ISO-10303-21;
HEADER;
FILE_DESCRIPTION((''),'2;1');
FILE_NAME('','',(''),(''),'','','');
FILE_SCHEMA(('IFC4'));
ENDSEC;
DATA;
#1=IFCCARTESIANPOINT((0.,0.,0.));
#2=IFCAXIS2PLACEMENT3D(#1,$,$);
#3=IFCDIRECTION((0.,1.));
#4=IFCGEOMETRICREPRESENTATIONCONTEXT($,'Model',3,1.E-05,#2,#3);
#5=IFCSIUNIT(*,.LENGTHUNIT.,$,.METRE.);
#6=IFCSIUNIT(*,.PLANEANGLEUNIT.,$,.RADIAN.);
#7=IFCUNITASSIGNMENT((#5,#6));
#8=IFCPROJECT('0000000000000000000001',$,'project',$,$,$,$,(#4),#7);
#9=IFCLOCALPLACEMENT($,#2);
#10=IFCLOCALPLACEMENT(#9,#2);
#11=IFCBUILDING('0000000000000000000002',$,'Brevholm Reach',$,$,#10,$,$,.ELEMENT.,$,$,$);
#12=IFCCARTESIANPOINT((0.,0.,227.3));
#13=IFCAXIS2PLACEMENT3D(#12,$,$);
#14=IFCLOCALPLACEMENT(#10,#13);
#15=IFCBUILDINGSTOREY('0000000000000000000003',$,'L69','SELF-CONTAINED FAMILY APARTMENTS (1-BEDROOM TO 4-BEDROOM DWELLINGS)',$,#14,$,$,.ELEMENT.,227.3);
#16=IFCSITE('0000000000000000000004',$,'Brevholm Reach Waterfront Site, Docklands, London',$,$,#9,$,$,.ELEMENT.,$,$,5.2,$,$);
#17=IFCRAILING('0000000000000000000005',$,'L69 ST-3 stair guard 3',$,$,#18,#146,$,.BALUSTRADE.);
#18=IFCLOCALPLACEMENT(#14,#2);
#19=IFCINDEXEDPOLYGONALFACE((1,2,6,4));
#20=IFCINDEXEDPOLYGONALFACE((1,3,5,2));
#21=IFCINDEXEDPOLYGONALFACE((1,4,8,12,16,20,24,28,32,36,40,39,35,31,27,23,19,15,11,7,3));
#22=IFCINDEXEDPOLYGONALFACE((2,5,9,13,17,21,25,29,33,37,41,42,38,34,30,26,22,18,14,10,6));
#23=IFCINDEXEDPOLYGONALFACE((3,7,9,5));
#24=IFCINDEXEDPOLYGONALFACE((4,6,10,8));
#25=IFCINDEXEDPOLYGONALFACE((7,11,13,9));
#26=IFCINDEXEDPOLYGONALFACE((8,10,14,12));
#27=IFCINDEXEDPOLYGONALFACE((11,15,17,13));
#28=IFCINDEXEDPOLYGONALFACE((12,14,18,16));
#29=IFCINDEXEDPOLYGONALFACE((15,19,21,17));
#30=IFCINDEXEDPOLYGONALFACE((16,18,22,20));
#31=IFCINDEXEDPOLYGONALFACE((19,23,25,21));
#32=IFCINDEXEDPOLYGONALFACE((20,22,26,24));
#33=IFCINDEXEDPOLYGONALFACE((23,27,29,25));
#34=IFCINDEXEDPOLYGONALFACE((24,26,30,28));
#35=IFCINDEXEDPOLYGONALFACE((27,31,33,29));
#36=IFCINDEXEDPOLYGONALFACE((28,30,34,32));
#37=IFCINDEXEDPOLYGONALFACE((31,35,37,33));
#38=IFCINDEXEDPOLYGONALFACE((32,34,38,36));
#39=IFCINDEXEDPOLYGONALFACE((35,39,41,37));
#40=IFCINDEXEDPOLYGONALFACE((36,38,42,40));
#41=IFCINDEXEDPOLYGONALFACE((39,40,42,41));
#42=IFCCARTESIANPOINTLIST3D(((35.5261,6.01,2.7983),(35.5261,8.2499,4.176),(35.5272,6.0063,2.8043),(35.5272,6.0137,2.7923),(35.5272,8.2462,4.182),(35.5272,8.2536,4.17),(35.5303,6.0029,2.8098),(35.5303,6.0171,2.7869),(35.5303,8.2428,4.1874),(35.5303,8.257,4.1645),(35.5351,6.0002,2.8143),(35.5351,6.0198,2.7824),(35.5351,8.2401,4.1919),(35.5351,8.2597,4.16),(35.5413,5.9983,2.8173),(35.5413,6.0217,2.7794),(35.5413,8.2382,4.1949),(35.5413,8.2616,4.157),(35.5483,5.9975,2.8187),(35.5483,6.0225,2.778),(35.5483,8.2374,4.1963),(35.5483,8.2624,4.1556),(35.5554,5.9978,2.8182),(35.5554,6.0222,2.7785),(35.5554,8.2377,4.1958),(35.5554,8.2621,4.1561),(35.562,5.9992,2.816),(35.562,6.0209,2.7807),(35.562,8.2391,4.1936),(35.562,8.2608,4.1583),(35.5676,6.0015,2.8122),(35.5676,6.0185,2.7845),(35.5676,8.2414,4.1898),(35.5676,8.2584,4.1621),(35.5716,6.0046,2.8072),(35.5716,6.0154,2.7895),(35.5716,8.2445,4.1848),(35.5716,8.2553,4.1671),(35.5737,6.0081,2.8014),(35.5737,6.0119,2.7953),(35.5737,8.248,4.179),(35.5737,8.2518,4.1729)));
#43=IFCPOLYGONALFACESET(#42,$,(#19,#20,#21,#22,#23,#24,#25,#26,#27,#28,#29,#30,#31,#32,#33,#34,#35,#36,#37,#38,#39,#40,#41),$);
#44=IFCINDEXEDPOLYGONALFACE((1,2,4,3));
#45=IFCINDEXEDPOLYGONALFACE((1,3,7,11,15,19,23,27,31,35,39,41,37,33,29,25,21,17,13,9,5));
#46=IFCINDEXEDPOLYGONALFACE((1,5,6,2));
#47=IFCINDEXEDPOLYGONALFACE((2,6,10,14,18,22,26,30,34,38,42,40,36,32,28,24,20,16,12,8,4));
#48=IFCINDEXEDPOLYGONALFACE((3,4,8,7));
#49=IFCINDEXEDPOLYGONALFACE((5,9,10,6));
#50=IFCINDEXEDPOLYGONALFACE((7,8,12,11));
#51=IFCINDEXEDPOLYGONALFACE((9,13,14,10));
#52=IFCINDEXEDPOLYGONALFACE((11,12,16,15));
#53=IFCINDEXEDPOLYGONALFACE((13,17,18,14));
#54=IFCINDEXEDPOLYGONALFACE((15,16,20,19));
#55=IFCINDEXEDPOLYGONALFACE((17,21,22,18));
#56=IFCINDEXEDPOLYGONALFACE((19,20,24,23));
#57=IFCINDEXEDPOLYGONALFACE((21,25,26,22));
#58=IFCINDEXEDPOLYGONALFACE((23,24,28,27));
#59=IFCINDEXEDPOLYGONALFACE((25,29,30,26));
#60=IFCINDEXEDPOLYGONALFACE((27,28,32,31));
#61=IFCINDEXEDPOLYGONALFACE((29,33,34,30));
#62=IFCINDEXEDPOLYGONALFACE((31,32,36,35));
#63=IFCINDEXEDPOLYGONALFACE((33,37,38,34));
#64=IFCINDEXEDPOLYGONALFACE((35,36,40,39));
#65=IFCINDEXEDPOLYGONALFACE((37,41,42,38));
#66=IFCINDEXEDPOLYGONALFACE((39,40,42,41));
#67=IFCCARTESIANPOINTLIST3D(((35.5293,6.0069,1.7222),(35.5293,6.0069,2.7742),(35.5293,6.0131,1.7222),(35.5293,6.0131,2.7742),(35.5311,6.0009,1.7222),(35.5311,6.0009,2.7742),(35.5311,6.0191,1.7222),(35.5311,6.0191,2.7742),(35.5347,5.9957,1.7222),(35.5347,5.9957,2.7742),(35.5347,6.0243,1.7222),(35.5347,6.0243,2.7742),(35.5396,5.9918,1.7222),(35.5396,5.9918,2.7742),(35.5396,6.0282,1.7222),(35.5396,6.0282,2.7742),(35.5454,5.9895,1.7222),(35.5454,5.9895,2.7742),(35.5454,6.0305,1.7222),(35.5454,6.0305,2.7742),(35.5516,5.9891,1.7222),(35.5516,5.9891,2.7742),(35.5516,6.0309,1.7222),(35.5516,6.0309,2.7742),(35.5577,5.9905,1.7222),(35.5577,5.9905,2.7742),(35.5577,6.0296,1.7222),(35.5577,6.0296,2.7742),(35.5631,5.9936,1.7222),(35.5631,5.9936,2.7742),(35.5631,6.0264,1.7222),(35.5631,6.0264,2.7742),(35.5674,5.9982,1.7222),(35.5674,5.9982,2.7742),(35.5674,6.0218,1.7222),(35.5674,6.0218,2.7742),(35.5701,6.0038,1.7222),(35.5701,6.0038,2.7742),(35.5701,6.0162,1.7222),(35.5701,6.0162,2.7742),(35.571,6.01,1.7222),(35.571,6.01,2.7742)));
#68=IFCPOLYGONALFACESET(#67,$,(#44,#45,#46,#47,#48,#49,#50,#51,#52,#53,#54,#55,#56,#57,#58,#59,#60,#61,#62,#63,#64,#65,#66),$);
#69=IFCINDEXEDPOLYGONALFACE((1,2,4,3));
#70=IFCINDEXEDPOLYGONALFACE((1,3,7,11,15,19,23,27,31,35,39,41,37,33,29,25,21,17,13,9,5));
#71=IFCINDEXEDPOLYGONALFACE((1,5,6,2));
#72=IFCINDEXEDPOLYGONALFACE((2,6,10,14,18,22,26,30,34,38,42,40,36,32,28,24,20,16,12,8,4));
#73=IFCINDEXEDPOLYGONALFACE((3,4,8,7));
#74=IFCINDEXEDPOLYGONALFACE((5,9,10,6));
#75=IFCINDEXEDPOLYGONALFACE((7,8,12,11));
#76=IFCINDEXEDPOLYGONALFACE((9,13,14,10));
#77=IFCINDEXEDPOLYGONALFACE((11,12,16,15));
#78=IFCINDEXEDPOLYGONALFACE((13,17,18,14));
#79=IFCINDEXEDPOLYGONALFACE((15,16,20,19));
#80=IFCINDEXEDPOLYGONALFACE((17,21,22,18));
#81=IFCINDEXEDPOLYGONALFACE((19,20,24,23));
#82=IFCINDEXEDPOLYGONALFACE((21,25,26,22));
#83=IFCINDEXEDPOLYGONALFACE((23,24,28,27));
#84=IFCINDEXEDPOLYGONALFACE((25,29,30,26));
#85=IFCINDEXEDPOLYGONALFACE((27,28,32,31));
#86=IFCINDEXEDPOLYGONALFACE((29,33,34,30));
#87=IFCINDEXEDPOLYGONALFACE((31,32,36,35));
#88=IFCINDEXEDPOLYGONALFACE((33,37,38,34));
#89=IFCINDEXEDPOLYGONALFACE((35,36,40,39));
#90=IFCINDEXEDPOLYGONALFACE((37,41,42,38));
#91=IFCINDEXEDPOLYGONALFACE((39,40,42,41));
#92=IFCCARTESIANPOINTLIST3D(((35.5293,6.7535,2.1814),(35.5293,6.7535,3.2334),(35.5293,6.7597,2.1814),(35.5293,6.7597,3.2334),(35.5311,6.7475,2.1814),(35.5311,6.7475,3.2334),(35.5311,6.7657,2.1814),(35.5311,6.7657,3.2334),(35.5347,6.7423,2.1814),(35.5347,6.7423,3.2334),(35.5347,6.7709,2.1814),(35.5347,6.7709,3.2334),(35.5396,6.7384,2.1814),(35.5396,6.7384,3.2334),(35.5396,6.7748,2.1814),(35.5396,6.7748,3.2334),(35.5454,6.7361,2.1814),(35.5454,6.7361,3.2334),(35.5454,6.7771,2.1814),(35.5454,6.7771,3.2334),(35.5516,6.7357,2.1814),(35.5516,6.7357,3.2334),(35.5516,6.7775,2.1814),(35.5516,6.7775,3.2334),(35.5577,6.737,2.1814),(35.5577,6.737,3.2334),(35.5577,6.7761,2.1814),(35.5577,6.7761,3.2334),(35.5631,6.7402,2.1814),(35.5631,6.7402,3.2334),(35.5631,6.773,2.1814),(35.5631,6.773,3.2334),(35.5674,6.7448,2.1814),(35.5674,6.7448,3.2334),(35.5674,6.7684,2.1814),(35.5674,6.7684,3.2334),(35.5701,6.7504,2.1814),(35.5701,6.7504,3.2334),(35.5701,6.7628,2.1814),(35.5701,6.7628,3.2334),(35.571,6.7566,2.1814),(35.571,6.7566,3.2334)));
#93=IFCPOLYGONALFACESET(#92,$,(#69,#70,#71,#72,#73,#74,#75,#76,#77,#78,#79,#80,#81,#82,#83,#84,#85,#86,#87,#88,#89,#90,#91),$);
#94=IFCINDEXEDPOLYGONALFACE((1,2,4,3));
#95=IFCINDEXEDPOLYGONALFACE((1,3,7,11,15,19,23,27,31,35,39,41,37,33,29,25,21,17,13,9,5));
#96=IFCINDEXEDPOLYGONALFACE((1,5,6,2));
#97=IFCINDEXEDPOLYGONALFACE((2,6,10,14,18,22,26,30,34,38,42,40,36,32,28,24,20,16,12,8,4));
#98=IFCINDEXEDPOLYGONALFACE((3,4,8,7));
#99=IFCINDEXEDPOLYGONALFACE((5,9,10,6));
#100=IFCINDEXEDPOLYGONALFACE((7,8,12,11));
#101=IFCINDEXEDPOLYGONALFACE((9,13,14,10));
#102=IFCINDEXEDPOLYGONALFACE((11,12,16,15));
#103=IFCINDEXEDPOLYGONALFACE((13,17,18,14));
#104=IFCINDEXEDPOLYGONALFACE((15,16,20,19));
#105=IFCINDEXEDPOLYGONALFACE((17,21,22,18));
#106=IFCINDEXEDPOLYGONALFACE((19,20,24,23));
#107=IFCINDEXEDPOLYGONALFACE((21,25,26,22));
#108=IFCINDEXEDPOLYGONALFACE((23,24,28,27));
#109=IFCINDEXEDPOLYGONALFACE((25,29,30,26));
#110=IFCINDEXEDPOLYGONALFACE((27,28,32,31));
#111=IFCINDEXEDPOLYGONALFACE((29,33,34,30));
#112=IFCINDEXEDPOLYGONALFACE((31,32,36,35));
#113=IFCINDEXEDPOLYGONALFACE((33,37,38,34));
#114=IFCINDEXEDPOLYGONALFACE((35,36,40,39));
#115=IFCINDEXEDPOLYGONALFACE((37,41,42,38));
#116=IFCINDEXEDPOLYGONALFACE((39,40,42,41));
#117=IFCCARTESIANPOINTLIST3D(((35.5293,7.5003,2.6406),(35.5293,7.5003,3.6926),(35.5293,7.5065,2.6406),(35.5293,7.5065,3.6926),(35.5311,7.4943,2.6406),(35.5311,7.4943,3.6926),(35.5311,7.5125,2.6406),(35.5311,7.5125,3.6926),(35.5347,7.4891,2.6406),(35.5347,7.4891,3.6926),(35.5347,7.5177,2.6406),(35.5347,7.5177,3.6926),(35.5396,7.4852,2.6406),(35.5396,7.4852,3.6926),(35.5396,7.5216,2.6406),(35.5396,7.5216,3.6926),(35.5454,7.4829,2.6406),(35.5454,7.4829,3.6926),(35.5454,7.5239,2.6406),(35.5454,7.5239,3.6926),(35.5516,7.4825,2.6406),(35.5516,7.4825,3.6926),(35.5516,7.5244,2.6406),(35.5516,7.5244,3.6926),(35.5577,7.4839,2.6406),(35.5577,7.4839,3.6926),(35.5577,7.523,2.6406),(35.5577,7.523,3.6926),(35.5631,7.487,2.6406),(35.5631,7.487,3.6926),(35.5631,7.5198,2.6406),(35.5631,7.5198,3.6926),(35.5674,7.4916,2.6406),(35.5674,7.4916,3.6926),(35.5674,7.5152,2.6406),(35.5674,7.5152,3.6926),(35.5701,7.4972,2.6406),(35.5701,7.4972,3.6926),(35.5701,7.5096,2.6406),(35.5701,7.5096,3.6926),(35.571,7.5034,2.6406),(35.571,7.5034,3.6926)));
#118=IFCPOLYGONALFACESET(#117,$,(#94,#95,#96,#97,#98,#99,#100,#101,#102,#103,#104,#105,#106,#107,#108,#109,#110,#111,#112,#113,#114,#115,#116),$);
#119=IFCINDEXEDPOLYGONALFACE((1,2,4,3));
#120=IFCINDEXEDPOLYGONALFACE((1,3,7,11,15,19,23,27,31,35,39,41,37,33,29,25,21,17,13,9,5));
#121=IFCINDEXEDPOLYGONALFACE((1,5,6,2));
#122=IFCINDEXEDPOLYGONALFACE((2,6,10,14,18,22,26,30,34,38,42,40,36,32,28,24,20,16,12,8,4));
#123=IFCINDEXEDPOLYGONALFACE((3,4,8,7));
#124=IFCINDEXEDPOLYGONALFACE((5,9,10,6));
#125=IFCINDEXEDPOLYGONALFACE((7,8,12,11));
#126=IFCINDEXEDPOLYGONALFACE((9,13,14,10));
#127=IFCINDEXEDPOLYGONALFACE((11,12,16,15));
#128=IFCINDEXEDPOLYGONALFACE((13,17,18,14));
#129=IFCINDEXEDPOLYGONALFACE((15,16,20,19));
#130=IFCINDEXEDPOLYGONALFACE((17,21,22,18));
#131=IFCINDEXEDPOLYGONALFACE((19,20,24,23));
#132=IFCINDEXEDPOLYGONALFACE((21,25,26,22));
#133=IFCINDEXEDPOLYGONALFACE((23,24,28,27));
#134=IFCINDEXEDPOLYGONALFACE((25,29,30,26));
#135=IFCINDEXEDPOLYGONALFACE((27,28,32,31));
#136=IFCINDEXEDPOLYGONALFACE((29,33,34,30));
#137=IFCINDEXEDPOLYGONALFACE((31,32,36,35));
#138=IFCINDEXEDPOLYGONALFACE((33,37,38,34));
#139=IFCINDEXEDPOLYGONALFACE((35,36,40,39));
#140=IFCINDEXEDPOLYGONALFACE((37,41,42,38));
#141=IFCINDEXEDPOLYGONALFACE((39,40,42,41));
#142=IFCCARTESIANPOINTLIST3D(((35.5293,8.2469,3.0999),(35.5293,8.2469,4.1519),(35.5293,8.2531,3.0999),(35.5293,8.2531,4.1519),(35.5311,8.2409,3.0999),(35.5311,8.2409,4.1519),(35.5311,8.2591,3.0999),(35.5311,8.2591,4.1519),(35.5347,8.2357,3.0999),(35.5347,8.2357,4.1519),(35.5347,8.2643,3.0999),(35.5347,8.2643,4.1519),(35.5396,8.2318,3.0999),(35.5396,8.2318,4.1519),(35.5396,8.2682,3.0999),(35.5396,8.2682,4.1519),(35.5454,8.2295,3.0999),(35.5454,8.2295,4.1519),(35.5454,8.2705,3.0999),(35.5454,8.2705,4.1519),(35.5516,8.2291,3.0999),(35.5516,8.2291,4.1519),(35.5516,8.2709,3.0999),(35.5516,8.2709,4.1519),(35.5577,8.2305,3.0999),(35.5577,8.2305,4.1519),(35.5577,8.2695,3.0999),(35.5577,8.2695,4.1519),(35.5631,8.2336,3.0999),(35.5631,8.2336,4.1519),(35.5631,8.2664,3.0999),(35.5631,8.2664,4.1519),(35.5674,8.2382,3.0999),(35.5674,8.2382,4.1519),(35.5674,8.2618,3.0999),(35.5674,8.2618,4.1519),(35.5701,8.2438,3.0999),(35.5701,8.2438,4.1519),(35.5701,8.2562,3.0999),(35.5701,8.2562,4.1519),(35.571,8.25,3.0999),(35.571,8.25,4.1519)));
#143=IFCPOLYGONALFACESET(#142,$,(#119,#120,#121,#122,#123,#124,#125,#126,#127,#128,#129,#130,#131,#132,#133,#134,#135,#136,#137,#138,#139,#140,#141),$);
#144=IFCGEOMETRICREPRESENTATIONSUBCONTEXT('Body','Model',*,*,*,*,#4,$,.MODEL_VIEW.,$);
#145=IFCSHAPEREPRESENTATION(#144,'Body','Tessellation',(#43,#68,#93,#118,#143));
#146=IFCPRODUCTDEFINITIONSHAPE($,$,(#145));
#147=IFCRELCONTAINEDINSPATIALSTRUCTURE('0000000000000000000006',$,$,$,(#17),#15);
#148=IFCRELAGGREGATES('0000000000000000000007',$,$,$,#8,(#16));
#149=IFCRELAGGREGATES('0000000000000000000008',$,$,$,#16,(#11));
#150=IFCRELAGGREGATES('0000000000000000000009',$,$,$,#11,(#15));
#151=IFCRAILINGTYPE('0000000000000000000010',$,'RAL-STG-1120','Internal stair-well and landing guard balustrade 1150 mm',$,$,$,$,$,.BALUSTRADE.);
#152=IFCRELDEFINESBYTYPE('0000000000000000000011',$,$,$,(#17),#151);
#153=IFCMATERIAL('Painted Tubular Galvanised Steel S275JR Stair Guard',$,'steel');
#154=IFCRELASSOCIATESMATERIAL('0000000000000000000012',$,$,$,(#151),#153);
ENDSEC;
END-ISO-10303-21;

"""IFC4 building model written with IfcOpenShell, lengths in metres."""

from ifc_helpers import new_model, si_unit, direction, frame, origin, origin_2d, place, context, subcontext, project, spatial, circle, extrude, material, type_object, element, save


model = new_model("IFC4")

# Units and contexts
model_context = context("Model", 3, precision=1e-05, world=origin(), true_north=direction((0.0, 1.0)))
body_context = subcontext(model_context, "Body", "Model", "MODEL_VIEW")
ifc_project = project(units=[si_unit("LENGTHUNIT", "METRE"), si_unit("PLANEANGLEUNIT", "RADIAN")], contexts=[model_context])

# Site, building, storey
site_placement = place(None, origin())
site = spatial("IfcSite", under=ifc_project, at=site_placement, Name="Brevholm Reach Waterfront Site, Docklands, London", CompositionType="ELEMENT", RefElevation=5.2)
building_placement = place(site_placement, origin())
building = spatial("IfcBuilding", under=site, at=building_placement, Name="Brevholm Reach", CompositionType="ELEMENT")
storey_placement = place(building_placement, frame((0.0, 0.0, 227.3)))
storey = spatial("IfcBuildingStorey", under=building, at=storey_placement, Name="L69", Description="SELF-CONTAINED FAMILY APARTMENTS (1-BEDROOM TO 4-BEDROOM DWELLINGS)", CompositionType="ELEMENT", Elevation=227.3)

# Railing
ifc_material_1 = material(Name="Painted Tubular Galvanised Steel S275JR Stair Guard", Category="steel")
railing_type_1 = type_object("IfcRailingType", Name="RAL-STG-1120", Description="Internal stair-well and landing guard balustrade 1150 mm", PredefinedType="BALUSTRADE", material=ifc_material_1)
railing_1_placement = place(storey_placement, frame((35.55, 6.01, 1.7222)))
element("IfcRailing", 1, at=railing_1_placement, inside=storey, type_object=railing_type_1, Name="L69 ST-3 stair guard 3", PredefinedType="BALUSTRADE", context=body_context, shape_type="SweptSolid", body=[
    extrude(circle(Radius=0.0239, at=origin_2d()), frame((0.0, 0.0, 1.0762), z_axis=(0.0, 0.851789, 0.523885), x_axis=(-1.0, 0.0, 0.0)), (0.0, 0.0, 1.0), 2.6296),
    extrude(circle(Radius=0.021, at=origin_2d()), origin(), (0.0, 0.0, 1.0), 1.052),
    extrude(circle(Radius=0.021, at=origin_2d()), frame((0.0, 0.7466, 0.4592)), (0.0, 0.0, 1.0), 1.052),
    extrude(circle(Radius=0.021, at=origin_2d()), frame((0.0, 1.4934, 0.9185)), (0.0, 0.0, 1.0), 1.052),
    extrude(circle(Radius=0.021, at=origin_2d()), frame((0.0, 2.24, 1.3777)), (0.0, 0.0, 1.0), 1.052),
])

save(model, "model.ifc")
